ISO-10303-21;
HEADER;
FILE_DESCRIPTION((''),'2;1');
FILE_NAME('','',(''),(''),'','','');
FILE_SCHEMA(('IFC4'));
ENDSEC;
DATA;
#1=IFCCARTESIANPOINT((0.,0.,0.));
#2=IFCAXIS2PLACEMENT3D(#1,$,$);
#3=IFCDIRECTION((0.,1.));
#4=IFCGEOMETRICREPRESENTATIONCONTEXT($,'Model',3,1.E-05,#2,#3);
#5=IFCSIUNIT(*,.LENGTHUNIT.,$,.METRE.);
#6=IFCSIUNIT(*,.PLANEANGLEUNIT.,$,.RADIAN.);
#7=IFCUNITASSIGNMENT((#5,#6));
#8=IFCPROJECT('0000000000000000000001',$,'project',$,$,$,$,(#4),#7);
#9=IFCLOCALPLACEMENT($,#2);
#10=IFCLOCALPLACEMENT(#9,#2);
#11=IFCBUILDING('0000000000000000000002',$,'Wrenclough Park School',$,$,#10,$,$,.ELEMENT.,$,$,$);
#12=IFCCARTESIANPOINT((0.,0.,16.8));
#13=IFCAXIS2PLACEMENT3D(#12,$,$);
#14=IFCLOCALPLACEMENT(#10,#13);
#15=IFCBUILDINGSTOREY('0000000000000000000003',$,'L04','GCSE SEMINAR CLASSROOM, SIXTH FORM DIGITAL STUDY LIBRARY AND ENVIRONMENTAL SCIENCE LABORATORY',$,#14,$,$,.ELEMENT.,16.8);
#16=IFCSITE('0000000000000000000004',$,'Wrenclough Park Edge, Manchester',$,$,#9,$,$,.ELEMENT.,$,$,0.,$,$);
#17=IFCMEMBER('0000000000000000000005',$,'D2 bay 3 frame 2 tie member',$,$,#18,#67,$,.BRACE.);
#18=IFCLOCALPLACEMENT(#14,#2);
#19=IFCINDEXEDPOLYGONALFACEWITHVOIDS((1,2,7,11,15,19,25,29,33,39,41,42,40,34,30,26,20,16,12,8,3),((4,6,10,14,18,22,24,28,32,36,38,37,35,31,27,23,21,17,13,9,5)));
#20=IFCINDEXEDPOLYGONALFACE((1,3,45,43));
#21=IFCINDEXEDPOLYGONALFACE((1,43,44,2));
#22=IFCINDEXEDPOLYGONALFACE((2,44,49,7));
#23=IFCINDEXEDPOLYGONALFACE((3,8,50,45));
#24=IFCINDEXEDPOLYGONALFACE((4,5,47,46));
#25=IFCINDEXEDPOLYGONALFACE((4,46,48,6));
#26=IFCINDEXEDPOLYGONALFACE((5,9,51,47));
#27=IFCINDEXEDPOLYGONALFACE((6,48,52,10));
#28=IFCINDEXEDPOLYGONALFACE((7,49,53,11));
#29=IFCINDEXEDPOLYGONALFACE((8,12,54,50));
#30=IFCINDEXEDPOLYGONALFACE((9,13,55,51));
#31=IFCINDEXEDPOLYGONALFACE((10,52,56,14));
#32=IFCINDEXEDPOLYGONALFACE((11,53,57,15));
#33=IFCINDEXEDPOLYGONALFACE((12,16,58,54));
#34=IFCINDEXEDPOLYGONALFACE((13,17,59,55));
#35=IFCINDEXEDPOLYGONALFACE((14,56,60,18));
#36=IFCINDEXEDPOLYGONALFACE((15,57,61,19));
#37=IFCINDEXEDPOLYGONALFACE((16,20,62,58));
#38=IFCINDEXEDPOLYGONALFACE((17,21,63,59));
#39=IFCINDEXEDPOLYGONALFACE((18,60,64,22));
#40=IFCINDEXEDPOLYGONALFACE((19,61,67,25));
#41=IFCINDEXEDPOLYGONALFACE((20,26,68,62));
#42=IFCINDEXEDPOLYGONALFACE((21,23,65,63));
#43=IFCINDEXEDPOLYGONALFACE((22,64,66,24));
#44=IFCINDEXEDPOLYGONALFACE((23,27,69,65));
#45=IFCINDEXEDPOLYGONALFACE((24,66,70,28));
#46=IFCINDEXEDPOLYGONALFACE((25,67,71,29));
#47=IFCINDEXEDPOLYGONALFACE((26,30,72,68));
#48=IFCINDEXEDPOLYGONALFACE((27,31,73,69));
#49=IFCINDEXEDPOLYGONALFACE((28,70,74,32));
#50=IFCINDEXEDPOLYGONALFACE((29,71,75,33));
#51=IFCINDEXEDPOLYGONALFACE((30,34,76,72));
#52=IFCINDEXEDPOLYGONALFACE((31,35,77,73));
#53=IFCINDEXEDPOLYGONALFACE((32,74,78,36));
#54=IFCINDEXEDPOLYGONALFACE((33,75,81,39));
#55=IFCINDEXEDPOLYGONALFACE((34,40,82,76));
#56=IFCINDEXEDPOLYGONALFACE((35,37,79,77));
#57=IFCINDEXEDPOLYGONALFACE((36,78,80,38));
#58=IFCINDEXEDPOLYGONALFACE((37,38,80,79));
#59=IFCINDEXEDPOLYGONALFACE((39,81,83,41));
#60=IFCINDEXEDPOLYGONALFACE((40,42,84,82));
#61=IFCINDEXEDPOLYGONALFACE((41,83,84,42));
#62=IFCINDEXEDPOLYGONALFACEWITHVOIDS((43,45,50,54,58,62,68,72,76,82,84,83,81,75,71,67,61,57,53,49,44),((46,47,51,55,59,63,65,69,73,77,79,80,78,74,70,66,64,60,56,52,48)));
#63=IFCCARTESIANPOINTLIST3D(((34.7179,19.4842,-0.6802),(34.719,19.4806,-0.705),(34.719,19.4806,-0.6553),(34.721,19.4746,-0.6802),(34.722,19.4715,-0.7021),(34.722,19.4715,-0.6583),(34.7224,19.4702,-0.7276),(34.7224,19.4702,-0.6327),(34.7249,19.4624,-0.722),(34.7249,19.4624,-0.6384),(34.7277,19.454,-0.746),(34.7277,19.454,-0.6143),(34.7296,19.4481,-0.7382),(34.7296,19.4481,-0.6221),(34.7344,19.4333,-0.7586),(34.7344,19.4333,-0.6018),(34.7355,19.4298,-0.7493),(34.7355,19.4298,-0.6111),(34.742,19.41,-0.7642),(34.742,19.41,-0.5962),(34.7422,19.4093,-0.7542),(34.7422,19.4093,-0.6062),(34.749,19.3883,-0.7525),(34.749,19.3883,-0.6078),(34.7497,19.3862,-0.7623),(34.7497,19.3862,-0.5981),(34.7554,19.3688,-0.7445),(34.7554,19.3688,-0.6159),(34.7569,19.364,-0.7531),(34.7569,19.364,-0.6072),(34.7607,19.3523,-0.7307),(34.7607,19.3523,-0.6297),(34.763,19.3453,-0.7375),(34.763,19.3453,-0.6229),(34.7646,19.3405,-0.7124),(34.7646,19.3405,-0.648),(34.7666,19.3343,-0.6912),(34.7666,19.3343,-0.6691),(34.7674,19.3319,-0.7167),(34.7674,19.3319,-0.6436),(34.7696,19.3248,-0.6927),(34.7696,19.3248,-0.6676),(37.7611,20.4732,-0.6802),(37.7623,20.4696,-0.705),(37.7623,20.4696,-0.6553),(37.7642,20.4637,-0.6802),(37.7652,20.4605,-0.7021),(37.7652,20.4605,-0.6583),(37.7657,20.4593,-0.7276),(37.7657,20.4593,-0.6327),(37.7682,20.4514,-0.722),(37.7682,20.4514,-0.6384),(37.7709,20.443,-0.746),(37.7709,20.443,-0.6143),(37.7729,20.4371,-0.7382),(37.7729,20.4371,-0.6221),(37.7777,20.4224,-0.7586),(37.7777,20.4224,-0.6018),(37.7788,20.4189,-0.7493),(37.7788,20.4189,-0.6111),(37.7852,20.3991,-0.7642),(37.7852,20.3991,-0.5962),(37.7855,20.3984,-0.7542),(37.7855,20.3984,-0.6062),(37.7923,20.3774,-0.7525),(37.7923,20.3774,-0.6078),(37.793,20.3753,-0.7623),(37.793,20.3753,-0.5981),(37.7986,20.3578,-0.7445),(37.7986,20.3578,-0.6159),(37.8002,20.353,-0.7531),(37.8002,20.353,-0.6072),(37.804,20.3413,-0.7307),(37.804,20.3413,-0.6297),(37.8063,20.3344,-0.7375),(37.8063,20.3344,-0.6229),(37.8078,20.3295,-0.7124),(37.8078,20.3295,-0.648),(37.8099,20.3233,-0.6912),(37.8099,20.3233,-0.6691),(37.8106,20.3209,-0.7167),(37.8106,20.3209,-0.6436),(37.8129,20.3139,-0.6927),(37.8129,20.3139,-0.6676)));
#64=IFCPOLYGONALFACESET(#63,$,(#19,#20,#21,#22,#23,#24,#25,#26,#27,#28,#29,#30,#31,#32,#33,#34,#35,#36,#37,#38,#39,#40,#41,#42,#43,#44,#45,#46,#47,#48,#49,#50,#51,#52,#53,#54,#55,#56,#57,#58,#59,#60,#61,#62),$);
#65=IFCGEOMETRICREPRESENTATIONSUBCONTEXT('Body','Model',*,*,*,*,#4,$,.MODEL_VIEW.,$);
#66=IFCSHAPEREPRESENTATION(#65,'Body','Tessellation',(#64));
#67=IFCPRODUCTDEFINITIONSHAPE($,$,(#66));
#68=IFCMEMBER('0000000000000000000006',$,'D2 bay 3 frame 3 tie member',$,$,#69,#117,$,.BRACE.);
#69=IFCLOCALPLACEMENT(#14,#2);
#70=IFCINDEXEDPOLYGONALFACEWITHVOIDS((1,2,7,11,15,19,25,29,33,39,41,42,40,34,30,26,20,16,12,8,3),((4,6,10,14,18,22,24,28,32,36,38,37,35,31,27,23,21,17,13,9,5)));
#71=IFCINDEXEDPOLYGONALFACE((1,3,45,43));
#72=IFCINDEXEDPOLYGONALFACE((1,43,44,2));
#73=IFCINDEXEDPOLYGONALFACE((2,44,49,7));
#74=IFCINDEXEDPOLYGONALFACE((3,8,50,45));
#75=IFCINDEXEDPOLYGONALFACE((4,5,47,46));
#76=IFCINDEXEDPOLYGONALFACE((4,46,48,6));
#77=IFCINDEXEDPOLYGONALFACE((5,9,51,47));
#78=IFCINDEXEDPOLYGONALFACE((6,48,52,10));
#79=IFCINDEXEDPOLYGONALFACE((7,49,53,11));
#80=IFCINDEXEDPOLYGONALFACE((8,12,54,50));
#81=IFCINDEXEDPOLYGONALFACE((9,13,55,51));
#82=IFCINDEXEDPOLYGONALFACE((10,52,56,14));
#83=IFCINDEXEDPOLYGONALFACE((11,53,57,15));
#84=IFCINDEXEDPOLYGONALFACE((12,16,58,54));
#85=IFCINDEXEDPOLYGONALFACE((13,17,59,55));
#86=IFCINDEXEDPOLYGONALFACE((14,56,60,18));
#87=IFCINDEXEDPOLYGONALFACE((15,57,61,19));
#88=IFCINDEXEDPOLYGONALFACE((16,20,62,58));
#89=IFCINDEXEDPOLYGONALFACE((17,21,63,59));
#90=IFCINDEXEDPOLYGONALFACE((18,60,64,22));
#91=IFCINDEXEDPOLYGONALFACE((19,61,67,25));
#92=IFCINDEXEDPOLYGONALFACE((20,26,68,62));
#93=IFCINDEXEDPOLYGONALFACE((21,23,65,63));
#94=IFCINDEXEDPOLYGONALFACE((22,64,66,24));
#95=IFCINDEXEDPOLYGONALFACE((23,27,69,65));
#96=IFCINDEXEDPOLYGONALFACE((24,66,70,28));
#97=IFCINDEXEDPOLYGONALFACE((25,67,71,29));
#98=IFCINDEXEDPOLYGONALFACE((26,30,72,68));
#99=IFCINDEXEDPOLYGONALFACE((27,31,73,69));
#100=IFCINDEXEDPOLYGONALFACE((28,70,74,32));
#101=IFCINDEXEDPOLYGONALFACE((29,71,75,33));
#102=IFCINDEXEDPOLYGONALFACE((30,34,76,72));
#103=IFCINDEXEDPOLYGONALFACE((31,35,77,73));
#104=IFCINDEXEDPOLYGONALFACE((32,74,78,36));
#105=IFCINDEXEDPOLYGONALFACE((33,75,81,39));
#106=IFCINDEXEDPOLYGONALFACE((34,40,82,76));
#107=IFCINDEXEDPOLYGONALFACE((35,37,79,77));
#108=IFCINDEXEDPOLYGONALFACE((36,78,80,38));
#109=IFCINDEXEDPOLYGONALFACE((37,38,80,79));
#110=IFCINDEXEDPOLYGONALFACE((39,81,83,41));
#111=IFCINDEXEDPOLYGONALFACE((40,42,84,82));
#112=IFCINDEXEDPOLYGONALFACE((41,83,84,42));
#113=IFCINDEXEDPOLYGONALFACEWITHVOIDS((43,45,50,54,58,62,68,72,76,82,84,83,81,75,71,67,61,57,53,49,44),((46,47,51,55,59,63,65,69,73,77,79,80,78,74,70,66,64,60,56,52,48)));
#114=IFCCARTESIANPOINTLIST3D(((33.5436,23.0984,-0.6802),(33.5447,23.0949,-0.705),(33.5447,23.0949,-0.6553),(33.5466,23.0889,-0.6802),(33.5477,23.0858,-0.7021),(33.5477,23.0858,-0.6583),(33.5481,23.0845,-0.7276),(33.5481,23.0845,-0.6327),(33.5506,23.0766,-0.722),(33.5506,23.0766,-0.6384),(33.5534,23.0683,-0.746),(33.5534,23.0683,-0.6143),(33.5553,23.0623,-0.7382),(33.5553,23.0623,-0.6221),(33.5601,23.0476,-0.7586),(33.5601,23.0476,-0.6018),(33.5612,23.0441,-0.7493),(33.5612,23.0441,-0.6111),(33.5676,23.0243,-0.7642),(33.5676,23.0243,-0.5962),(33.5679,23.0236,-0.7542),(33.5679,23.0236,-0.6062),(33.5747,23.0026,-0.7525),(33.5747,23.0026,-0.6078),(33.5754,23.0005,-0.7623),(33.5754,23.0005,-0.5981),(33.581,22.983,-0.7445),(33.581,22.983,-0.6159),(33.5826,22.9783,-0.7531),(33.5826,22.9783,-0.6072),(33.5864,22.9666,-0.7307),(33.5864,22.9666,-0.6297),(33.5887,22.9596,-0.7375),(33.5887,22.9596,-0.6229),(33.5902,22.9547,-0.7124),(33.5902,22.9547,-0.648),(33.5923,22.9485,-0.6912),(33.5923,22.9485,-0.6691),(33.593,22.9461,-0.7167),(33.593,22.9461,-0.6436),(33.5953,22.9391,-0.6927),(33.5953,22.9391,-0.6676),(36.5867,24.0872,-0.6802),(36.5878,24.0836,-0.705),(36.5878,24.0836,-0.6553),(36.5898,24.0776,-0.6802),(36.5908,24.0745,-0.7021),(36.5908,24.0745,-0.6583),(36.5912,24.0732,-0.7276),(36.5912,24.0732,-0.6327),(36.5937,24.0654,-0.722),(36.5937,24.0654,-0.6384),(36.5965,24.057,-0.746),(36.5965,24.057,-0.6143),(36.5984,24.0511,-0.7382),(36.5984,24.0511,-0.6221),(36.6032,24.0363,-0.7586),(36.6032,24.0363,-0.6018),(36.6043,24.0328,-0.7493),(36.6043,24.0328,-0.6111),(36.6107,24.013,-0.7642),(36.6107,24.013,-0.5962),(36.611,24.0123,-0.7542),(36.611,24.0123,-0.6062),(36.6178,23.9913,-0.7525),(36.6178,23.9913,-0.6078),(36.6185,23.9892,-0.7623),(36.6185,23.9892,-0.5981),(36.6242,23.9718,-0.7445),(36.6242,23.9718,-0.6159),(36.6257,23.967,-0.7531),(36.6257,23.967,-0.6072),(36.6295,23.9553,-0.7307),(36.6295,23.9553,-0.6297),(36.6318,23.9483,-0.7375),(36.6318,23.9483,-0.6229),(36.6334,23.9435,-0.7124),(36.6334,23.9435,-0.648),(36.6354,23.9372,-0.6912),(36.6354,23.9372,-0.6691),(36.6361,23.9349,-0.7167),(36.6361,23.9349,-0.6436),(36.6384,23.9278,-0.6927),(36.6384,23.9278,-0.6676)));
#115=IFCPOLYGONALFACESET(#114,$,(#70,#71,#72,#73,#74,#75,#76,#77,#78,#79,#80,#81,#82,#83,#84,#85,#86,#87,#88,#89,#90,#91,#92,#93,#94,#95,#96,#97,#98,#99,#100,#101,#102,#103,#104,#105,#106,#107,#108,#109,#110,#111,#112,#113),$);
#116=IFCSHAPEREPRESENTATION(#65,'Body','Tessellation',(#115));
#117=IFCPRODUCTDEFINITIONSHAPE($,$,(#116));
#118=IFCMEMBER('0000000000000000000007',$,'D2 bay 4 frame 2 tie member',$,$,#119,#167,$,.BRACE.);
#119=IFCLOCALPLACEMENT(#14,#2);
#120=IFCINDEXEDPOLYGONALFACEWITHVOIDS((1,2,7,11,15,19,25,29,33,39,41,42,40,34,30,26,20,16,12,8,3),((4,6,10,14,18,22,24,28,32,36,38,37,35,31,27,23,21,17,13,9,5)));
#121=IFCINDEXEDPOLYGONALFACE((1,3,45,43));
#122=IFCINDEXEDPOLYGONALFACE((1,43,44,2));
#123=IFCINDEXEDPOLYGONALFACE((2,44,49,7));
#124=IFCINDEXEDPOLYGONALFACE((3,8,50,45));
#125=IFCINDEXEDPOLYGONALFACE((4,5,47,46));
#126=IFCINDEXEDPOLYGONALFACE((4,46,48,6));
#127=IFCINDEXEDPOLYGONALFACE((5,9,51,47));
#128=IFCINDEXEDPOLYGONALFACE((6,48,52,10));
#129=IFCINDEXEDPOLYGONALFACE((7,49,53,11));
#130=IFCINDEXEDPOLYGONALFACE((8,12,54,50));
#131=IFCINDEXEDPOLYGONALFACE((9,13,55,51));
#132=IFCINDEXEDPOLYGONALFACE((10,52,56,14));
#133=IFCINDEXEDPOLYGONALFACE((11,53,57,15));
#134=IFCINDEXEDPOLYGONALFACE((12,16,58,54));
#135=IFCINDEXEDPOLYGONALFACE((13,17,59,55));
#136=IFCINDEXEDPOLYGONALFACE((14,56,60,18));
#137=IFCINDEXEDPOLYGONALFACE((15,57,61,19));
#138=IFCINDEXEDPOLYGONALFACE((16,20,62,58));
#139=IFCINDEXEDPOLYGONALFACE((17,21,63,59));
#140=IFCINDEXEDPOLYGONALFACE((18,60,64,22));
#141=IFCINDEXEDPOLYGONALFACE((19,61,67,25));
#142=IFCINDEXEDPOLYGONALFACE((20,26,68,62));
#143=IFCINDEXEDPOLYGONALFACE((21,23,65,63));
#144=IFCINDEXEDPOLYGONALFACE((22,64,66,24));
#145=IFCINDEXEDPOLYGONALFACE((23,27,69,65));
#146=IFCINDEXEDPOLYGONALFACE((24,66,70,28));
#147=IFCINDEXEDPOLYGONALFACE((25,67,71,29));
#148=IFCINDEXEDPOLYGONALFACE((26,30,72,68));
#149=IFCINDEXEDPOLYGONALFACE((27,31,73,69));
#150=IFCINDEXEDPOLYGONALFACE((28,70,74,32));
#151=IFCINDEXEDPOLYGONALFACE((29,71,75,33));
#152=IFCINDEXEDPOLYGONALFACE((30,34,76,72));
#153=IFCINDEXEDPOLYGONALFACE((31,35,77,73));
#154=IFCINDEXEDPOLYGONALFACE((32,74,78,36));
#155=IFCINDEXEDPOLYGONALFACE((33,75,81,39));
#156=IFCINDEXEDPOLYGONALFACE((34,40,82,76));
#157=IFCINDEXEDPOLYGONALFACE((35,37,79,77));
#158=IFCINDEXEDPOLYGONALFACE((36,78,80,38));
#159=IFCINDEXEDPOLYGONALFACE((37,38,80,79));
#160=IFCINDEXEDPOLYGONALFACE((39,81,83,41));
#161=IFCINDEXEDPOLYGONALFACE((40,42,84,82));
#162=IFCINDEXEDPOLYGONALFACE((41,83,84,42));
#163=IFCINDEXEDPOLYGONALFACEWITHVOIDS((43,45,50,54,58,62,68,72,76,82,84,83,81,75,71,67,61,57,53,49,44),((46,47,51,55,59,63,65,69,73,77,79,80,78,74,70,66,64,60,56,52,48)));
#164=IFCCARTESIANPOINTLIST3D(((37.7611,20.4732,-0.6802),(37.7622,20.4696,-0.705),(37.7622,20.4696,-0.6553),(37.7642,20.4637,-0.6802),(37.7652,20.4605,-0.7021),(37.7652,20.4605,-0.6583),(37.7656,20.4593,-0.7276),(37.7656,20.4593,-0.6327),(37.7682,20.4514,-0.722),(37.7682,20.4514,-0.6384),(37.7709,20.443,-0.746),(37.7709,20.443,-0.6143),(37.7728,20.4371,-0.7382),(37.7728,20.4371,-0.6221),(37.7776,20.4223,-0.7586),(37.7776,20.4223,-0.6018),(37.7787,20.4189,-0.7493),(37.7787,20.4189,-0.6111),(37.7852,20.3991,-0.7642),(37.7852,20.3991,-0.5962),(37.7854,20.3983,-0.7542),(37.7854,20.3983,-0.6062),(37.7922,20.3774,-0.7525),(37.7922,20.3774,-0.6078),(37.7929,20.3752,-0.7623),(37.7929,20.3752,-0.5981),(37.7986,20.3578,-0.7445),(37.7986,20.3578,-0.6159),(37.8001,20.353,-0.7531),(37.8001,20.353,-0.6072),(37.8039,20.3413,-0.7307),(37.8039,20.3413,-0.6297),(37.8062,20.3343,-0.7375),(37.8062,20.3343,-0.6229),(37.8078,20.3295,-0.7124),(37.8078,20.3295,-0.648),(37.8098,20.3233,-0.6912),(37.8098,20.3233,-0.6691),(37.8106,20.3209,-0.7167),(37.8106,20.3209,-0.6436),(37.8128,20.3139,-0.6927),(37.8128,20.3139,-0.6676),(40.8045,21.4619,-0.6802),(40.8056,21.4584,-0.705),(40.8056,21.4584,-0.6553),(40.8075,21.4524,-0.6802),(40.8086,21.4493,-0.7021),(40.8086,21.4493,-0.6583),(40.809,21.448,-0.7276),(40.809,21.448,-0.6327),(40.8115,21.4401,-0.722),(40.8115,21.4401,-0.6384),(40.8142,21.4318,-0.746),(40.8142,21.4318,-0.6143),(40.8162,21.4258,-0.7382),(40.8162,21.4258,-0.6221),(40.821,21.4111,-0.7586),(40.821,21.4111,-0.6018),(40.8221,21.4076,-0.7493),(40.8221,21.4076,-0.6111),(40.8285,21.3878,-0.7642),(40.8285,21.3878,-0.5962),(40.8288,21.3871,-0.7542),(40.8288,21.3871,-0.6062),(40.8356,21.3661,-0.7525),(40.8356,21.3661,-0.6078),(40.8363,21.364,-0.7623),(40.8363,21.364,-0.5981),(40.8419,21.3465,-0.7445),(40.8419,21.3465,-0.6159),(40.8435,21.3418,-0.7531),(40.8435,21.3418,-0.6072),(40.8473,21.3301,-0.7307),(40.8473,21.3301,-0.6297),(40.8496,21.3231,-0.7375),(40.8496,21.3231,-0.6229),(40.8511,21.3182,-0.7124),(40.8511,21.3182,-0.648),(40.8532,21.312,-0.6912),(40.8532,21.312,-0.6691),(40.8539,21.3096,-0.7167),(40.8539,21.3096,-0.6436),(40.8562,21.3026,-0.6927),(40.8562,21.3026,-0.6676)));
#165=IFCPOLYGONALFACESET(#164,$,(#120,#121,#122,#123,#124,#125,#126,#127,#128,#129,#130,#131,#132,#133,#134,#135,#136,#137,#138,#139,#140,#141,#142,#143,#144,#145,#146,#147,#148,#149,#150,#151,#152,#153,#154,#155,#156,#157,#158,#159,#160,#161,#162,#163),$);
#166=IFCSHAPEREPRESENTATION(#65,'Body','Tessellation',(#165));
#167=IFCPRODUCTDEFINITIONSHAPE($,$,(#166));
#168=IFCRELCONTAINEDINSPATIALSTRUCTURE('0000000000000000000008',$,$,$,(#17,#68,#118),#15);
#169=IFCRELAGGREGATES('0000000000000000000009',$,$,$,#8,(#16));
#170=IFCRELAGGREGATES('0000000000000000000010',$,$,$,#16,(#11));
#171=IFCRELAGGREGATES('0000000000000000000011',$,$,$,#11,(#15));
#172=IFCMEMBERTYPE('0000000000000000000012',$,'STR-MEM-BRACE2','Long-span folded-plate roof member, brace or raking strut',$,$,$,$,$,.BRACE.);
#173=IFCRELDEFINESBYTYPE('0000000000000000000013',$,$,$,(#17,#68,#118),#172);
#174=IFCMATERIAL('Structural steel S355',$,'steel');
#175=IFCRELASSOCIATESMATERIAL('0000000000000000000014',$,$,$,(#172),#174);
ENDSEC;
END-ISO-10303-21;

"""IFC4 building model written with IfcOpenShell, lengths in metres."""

from ifc_helpers import new_model, si_unit, direction, frame, origin, origin_2d, place, context, subcontext, project, spatial, hollow_circle, extrude, material, material_profile, profile_set, type_object, element, save


model = new_model("IFC4")

# Units and contexts
model_context = context("Model", 3, precision=1e-05, world=origin(), true_north=direction((0.0, 1.0)))
body_context = subcontext(model_context, "Body", "Model", "MODEL_VIEW")
ifc_project = project(units=[si_unit("LENGTHUNIT", "METRE"), si_unit("PLANEANGLEUNIT", "RADIAN")], contexts=[model_context])

# Site, building, storey
site_placement = place(None, origin())
site = spatial("IfcSite", under=ifc_project, at=site_placement, Name="Wrenclough Park Edge, Manchester", CompositionType="ELEMENT", RefElevation=0.0)
building_placement = place(site_placement, origin())
building = spatial("IfcBuilding", under=site, at=building_placement, Name="Wrenclough Park School", CompositionType="ELEMENT")
storey_placement = place(building_placement, frame((0.0, 0.0, 16.8)))
storey = spatial("IfcBuildingStorey", under=building, at=storey_placement, Name="L04", Description="GCSE SEMINAR CLASSROOM, SIXTH FORM DIGITAL STUDY LIBRARY AND ENVIRONMENTAL SCIENCE LABORATORY", CompositionType="ELEMENT", Elevation=16.8)

# Members
ifc_material = material(Name="Structural steel S355", Category="steel")
ifc_material_profile_1 = material_profile(ifc_material, hollow_circle(Radius=0.0842, WallThickness=0.01, at=origin_2d()), Name="CHS 168.3x10.0")
ifc_profile_set_1 = profile_set([ifc_material_profile_1], Name="Structural steel S355")
member_type_1 = type_object("IfcMemberType", Name="STR-MEM-BRACE2", Description="Long-span folded-plate roof member, brace or raking strut", PredefinedType="BRACE", material=ifc_profile_set_1)
member_1_placement = place(storey_placement, frame((34.7439, 19.4041, -0.6802), z_axis=(0.951037, 0.309077, 0.0), x_axis=(-0.309077, 0.951037, 0.0)))
element("IfcMember", 1, at=member_1_placement, inside=storey, type_object=member_type_1, Name="D2 bay 3 frame 2 tie member", PredefinedType="BRACE", context=body_context, shape_type="SweptSolid", body=[
    extrude(hollow_circle(Radius=0.0842, WallThickness=0.01, at=origin_2d()), origin(), (0.0, 0.0, 1.0), 3.2),
])
member_2_placement = place(storey_placement, frame((33.5696, 23.0183, -0.6802), z_axis=(0.951059, 0.309008, 0.0), x_axis=(-0.309008, 0.951059, 0.0)))
element("IfcMember", 2, at=member_2_placement, inside=storey, type_object=member_type_1, Name="D2 bay 3 frame 3 tie member", PredefinedType="BRACE", context=body_context, shape_type="SweptSolid", body=[
    extrude(hollow_circle(Radius=0.0842, WallThickness=0.01, at=origin_2d()), origin(), (0.0, 0.0, 1.0), 3.1997),
])
member_3_placement = place(storey_placement, frame((37.7871, 20.3931, -0.6802), z_axis=(0.951067, 0.308986, 0.0), x_axis=(-0.308986, 0.951067, 0.0)))
element("IfcMember", 3, at=member_3_placement, inside=storey, type_object=member_type_1, Name="D2 bay 4 frame 2 tie member", PredefinedType="BRACE", context=body_context, shape_type="SweptSolid", body=[
    extrude(hollow_circle(Radius=0.0842, WallThickness=0.01, at=origin_2d()), origin(), (0.0, 0.0, 1.0), 3.2),
])

save(model, "model.ifc")
